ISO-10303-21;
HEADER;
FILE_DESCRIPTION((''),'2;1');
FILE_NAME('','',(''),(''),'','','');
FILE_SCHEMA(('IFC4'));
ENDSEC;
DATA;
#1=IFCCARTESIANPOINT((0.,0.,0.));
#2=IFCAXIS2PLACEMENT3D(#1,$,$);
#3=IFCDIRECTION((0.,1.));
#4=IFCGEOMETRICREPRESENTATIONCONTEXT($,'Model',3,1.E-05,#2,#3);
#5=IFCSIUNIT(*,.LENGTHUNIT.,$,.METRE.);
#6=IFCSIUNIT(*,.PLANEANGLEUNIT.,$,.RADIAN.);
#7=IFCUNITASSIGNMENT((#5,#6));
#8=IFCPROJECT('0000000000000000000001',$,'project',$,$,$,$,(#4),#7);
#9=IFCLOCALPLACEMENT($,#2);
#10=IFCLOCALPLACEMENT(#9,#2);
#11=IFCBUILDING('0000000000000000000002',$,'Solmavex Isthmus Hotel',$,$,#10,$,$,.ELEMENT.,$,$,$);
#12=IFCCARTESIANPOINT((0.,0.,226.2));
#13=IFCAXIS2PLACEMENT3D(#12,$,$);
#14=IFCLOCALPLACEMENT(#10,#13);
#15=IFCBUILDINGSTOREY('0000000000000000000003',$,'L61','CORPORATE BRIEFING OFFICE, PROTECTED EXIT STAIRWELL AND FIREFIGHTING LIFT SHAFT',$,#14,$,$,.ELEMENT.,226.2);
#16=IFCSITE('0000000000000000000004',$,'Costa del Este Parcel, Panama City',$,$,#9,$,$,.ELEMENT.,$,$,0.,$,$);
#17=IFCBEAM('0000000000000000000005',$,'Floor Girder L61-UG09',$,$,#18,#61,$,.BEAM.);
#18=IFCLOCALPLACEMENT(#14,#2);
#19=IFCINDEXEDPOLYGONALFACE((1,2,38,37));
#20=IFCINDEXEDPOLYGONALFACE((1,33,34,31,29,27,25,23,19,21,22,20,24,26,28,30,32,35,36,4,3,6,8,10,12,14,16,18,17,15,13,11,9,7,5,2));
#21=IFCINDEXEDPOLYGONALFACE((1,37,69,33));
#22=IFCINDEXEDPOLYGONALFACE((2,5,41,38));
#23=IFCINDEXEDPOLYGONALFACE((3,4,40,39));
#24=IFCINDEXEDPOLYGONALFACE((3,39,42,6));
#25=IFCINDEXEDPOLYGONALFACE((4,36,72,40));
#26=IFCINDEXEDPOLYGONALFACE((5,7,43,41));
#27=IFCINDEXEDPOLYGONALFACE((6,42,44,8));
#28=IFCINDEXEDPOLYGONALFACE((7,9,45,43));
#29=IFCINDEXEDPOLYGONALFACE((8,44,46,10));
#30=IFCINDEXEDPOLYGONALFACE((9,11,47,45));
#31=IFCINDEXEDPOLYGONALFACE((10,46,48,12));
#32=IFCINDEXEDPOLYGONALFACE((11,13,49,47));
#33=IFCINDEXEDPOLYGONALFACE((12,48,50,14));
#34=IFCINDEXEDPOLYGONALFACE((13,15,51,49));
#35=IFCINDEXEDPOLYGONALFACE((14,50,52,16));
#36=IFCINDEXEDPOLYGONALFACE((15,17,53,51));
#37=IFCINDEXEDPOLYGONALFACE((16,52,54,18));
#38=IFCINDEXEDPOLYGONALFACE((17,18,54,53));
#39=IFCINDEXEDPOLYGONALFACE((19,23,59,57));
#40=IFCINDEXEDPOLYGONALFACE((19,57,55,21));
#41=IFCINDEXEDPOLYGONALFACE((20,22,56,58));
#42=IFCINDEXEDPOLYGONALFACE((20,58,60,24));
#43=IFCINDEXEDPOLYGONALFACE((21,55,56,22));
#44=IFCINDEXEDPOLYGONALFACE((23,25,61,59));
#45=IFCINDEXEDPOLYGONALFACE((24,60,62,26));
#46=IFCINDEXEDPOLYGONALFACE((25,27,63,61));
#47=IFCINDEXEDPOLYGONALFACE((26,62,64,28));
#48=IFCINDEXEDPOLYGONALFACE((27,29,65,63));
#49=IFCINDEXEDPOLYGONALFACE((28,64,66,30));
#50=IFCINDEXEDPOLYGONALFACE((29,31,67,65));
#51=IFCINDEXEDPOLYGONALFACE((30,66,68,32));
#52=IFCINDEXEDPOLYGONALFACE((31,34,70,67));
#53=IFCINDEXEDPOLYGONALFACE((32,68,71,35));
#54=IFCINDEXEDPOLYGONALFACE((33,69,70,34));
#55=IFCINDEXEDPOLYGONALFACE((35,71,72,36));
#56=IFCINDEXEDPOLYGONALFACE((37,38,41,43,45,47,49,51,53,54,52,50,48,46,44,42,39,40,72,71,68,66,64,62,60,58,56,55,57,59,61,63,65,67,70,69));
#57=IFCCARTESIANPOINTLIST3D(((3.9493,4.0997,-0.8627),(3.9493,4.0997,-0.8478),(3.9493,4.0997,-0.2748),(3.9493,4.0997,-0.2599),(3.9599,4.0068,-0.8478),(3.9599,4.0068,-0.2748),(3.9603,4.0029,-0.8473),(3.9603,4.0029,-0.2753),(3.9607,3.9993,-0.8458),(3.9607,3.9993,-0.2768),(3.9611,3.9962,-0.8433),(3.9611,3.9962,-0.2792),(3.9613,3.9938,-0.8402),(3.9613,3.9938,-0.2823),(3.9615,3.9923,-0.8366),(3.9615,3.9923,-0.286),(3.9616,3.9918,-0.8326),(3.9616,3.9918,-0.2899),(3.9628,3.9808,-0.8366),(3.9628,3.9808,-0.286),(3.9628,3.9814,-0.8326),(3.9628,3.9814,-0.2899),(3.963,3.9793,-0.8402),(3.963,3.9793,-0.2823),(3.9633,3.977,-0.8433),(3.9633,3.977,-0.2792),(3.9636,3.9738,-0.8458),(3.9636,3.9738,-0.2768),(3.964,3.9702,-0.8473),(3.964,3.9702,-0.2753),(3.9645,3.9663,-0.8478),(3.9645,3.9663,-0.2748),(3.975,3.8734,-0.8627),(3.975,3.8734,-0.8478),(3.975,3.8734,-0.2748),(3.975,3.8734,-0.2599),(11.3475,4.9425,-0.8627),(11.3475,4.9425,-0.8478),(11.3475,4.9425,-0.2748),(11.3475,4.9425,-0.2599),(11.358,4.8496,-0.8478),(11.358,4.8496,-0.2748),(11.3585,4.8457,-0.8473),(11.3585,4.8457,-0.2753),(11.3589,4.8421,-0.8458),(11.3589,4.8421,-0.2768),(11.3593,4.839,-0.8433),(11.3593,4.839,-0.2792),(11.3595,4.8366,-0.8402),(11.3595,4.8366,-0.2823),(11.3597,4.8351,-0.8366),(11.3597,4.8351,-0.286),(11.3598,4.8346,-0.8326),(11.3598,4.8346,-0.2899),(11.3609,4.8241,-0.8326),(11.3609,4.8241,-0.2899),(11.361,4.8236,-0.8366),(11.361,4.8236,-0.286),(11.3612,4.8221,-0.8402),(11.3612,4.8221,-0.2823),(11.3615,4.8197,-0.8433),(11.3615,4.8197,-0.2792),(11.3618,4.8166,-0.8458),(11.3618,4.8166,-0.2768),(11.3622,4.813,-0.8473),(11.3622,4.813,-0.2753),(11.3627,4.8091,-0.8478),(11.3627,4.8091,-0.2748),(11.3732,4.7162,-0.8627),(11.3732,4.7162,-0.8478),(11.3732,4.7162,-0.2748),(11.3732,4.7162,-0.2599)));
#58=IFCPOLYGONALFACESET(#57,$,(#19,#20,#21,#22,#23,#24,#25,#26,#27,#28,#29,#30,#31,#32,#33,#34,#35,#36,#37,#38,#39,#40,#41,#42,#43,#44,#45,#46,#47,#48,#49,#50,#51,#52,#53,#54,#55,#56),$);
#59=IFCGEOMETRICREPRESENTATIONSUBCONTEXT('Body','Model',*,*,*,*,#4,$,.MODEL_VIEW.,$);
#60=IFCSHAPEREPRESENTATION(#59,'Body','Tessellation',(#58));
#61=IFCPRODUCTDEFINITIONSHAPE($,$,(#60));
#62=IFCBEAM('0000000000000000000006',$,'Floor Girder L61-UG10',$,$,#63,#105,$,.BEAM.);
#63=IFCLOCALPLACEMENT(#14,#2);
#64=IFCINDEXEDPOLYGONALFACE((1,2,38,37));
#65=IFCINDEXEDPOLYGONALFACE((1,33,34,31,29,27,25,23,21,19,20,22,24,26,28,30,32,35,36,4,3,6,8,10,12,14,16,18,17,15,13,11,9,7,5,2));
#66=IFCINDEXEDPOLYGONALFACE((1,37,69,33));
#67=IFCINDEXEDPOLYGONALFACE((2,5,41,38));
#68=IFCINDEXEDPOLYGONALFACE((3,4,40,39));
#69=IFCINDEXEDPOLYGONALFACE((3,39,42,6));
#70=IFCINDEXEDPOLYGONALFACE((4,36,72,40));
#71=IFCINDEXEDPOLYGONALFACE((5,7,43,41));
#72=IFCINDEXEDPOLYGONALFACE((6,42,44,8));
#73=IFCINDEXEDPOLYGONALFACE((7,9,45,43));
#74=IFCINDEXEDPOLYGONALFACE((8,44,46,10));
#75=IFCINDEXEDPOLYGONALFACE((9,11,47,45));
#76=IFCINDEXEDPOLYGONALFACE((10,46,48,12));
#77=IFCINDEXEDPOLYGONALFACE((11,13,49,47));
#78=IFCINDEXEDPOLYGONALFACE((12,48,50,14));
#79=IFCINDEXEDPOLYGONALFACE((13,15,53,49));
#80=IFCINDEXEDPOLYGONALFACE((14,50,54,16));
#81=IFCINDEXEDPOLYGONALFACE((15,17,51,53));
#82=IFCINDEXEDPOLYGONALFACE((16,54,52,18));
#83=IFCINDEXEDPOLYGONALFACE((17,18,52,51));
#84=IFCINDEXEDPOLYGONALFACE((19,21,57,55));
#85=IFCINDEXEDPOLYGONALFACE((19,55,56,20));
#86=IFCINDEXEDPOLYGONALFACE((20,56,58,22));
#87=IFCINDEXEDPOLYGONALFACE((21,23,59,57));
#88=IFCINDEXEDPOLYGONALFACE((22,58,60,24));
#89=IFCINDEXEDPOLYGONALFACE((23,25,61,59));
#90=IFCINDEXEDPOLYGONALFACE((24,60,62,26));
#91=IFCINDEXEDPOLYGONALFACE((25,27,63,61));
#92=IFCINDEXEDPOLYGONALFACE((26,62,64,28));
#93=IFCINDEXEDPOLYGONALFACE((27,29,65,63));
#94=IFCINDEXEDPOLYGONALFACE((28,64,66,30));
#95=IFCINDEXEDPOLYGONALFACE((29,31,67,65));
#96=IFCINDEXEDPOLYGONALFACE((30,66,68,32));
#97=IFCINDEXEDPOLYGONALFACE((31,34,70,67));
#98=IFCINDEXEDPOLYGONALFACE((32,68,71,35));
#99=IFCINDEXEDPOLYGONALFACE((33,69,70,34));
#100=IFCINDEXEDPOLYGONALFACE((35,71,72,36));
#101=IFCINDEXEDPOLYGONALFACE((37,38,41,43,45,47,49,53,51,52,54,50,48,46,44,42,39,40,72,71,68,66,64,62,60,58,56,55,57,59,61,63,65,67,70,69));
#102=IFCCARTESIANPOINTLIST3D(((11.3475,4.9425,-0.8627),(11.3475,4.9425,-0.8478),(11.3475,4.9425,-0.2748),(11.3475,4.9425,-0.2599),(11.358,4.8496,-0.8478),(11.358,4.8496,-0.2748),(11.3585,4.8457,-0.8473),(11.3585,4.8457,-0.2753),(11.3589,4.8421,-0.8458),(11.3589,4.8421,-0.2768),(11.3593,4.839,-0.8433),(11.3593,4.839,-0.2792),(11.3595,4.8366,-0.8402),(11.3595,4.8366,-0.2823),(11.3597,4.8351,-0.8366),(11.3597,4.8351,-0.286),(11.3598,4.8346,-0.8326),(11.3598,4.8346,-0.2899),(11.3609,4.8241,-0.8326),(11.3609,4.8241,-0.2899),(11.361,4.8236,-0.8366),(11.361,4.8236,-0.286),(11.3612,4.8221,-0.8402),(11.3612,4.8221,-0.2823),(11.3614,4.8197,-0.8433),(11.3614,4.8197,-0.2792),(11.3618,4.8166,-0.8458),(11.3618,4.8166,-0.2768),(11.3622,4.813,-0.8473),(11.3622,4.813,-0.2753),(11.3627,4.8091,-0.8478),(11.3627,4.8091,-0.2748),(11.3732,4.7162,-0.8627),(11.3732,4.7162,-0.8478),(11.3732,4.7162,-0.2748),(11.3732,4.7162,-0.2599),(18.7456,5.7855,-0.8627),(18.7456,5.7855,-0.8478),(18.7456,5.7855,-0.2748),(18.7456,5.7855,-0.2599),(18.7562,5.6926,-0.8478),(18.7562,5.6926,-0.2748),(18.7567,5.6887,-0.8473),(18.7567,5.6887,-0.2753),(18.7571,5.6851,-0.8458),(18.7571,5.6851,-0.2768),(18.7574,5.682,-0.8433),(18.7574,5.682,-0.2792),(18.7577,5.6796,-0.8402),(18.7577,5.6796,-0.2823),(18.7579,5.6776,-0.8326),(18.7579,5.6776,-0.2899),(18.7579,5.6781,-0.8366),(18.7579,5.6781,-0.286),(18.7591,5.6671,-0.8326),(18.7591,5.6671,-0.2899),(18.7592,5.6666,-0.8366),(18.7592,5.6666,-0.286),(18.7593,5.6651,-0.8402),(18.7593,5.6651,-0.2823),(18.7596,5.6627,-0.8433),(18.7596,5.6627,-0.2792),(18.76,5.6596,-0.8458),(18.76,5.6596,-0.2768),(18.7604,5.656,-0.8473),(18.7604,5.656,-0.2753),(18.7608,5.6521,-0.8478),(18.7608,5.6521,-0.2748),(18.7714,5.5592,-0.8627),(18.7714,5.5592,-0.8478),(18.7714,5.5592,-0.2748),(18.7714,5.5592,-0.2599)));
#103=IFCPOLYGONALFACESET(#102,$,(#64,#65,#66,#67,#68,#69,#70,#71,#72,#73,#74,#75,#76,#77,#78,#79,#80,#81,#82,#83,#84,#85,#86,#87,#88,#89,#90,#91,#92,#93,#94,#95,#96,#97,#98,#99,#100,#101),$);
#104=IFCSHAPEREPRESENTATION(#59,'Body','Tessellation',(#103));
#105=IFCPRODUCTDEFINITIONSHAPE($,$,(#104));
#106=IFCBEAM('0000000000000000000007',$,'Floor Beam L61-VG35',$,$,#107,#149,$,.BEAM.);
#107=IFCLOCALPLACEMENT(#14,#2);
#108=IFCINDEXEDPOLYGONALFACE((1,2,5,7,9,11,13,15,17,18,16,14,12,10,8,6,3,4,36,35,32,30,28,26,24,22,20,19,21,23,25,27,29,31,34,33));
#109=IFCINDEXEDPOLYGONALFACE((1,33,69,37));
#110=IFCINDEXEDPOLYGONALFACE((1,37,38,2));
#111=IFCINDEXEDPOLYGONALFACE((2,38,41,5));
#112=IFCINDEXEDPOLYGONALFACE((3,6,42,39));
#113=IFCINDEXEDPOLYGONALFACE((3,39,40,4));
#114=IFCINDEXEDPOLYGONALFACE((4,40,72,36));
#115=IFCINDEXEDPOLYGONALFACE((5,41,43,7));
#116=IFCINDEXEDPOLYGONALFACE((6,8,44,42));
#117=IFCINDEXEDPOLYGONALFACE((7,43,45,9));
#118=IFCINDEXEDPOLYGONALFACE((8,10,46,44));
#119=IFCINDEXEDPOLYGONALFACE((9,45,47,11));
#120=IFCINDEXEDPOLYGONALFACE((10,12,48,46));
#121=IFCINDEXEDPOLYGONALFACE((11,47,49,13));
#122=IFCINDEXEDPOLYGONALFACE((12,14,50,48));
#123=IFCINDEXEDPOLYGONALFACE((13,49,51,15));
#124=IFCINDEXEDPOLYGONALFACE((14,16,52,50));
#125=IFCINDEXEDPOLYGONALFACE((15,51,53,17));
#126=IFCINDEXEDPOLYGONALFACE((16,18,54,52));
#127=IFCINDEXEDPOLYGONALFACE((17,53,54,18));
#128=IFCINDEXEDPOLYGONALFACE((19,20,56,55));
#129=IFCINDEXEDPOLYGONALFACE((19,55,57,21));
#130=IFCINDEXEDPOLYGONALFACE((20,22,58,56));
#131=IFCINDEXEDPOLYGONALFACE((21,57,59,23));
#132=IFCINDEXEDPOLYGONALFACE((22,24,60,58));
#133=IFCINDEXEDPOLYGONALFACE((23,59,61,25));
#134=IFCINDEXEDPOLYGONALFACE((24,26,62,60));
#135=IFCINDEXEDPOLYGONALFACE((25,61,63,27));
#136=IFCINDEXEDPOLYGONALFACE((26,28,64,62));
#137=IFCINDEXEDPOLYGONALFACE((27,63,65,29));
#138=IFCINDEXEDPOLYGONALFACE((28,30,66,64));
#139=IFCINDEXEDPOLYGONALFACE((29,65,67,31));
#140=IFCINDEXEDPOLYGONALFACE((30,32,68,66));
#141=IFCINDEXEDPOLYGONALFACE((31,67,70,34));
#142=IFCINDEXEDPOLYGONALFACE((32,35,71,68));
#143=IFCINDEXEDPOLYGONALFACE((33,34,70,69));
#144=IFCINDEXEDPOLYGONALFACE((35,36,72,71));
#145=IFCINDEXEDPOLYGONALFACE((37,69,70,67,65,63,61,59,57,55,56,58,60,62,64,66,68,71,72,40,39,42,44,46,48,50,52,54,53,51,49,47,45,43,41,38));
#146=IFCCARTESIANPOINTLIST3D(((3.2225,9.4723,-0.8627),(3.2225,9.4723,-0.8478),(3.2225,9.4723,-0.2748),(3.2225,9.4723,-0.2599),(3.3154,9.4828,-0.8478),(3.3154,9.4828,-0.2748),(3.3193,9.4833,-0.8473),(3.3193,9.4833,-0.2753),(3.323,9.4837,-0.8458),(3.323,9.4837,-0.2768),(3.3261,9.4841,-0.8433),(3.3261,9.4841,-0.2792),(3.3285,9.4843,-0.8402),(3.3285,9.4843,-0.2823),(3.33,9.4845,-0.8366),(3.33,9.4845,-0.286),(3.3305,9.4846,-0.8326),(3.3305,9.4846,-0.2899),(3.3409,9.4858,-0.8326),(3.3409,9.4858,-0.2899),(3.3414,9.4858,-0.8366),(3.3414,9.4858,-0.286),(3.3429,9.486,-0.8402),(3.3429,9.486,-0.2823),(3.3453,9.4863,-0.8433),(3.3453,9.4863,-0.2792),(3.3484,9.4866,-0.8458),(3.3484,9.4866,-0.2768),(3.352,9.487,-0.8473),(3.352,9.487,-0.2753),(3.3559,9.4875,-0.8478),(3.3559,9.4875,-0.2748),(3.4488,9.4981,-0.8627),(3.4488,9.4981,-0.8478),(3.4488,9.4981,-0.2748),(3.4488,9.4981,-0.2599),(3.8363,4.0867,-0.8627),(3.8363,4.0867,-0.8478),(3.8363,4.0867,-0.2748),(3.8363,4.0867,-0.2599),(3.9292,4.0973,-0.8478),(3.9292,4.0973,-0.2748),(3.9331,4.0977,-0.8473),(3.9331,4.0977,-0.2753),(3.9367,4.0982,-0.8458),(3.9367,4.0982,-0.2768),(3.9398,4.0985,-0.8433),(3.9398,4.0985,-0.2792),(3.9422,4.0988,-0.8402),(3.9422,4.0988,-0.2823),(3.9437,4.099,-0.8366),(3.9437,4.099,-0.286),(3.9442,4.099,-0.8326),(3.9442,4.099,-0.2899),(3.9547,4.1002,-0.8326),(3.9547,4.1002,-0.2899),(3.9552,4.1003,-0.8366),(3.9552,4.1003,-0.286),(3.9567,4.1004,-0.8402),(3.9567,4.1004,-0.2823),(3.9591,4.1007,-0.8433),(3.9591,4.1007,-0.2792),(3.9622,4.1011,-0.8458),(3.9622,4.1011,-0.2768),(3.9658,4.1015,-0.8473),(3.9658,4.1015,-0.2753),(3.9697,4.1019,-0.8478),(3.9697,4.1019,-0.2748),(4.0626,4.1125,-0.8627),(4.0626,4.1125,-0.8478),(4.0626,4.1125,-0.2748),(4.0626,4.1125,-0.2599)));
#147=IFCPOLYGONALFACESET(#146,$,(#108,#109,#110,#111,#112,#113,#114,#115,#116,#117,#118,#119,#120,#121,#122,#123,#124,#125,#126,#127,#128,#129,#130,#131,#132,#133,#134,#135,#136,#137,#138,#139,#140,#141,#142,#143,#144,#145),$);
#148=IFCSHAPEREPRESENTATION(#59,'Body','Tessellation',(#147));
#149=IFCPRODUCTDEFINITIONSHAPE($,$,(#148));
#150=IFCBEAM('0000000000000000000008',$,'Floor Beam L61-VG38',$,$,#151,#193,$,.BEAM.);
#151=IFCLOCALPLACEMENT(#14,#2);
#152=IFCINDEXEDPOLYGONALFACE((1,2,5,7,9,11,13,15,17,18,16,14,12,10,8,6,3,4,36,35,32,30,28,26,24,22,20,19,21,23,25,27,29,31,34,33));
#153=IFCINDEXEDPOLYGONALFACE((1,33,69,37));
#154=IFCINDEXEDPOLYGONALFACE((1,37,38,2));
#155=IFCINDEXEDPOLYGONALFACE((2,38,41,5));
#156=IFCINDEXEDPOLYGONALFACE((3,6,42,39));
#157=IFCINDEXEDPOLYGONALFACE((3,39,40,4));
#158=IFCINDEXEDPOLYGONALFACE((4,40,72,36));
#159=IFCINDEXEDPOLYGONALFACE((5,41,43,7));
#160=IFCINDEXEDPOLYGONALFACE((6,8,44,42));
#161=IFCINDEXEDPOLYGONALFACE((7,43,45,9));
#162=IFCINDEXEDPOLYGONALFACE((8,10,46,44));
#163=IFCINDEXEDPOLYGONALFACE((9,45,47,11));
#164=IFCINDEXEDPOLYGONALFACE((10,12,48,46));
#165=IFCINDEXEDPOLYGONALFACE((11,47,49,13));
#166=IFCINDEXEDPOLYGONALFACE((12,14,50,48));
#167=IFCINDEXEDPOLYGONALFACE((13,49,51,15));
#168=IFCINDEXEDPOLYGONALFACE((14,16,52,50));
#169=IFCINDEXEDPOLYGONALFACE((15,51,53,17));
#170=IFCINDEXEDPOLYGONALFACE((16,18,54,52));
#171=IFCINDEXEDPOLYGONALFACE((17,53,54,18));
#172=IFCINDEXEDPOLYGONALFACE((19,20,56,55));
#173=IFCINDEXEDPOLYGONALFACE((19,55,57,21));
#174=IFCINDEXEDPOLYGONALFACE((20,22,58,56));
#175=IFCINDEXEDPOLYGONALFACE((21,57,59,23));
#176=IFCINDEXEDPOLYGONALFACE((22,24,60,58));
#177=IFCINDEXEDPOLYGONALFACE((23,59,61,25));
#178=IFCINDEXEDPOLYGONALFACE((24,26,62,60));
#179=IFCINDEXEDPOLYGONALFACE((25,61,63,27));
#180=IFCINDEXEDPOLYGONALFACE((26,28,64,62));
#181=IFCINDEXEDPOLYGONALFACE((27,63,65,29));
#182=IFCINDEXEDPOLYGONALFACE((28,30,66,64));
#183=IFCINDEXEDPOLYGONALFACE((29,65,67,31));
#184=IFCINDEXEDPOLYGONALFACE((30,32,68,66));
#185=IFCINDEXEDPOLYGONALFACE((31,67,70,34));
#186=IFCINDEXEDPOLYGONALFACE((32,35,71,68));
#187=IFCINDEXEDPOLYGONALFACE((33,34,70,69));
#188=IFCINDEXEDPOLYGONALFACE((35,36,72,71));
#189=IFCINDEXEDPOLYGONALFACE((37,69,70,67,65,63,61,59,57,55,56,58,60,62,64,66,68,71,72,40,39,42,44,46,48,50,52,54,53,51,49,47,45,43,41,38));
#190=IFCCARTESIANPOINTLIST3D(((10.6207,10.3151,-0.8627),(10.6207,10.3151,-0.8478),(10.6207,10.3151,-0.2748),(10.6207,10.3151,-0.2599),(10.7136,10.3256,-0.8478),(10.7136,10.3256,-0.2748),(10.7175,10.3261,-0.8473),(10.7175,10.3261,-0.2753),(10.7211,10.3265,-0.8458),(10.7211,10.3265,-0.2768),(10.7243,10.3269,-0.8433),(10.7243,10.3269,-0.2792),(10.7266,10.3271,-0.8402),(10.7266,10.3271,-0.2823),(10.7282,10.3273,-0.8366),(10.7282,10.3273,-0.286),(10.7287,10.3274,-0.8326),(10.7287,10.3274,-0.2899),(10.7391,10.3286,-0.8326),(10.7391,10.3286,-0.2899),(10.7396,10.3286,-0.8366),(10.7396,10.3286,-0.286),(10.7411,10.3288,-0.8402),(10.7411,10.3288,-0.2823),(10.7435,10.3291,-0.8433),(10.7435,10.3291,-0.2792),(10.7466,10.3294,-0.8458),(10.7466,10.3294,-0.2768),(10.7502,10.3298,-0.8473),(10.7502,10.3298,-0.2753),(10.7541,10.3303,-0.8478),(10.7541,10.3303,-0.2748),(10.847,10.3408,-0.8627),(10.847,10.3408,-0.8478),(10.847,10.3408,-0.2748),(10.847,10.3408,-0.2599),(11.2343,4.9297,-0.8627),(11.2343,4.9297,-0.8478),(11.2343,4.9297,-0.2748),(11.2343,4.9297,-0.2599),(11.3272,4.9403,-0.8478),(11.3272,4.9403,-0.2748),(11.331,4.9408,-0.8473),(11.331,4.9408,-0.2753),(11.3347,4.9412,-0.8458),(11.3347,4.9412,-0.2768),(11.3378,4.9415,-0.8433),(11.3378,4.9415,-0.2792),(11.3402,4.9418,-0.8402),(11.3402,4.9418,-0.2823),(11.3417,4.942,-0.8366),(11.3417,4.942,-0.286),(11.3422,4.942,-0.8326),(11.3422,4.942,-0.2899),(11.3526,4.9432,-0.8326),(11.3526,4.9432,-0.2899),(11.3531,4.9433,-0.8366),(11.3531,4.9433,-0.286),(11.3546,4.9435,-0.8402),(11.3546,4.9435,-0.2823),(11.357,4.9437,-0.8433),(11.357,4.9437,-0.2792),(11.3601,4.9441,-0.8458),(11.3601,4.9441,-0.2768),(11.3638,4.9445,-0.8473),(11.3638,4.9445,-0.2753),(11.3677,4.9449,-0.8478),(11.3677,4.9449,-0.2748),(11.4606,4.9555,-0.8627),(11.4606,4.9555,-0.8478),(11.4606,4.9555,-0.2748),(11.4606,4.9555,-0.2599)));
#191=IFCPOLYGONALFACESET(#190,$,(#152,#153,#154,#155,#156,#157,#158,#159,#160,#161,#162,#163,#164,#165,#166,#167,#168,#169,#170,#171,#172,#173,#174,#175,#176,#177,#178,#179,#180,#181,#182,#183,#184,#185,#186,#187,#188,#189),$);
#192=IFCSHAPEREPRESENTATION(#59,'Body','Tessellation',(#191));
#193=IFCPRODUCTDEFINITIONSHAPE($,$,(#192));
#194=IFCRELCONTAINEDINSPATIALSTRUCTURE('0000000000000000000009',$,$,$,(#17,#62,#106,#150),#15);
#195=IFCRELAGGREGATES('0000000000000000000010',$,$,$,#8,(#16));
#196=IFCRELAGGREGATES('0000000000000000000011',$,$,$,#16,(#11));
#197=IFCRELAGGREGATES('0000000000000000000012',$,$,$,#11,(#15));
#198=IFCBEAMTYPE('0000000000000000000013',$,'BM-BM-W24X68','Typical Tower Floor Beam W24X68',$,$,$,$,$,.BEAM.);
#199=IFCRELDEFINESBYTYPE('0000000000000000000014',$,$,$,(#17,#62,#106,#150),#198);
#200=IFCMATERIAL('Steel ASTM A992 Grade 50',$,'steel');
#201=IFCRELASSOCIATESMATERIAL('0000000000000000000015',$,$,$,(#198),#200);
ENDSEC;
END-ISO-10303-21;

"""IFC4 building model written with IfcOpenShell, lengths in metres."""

from ifc_helpers import new_model, si_unit, direction, frame, origin, origin_2d, place, context, subcontext, project, spatial, i_section, extrude, material, material_profile, profile_set, type_object, element, save


model = new_model("IFC4")

# Units and contexts
model_context = context("Model", 3, precision=1e-05, world=origin(), true_north=direction((0.0, 1.0)))
body_context = subcontext(model_context, "Body", "Model", "MODEL_VIEW")
ifc_project = project(units=[si_unit("LENGTHUNIT", "METRE"), si_unit("PLANEANGLEUNIT", "RADIAN")], contexts=[model_context])

# Site, building, storey
site_placement = place(None, origin())
site = spatial("IfcSite", under=ifc_project, at=site_placement, Name="Costa del Este Parcel, Panama City", CompositionType="ELEMENT", RefElevation=0.0)
building_placement = place(site_placement, origin())
building = spatial("IfcBuilding", under=site, at=building_placement, Name="Solmavex Isthmus Hotel", CompositionType="ELEMENT")
storey_placement = place(building_placement, frame((0.0, 0.0, 226.2)))
storey = spatial("IfcBuildingStorey", under=building, at=storey_placement, Name="L61", Description="CORPORATE BRIEFING OFFICE, PROTECTED EXIT STAIRWELL AND FIREFIGHTING LIFT SHAFT", CompositionType="ELEMENT", Elevation=226.2)

# Beams
ifc_material_1 = material(Name="Steel ASTM A992 Grade 50", Category="steel")
ifc_material_profile_1 = material_profile(ifc_material_1, i_section(OverallWidth=0.2278, OverallDepth=0.6028, WebThickness=0.0105, FlangeThickness=0.0149, FilletRadius=0.0151, at=origin_2d()), Name="W24X68")
ifc_profile_set_1 = profile_set([ifc_material_profile_1], Name="Steel ASTM A992 Grade 50")
beam_type_1 = type_object("IfcBeamType", Name="BM-BM-W24X68", Description="Typical Tower Floor Beam W24X68", PredefinedType="BEAM", material=ifc_profile_set_1)
for number, where, z_axis, x_axis, name in (
    (1, (3.9622, 3.9866, -0.5613), (0.993574, 0.113184, 0.0), (-0.113184, 0.993574, 0.0), "Floor Girder L61-UG09"),
    (2, (11.3604, 4.8293, -0.5613), (0.99357, 0.113216, 0.0), (-0.113216, 0.99357, 0.0), "Floor Girder L61-UG10"),
):
    element("IfcBeam", number, at=place(storey_placement, frame(where, z_axis=z_axis, x_axis=x_axis)), inside=storey, type_object=beam_type_1, Name=name, PredefinedType="BEAM", context=body_context, shape_type="SweptSolid", body=[
        extrude(i_section(OverallWidth=0.2278, OverallDepth=0.6028, WebThickness=0.0105, FlangeThickness=0.0149, FilletRadius=0.0151, at=origin_2d()), origin(), (0.0, 0.0, 1.0), 7.446),
    ])
beam_1_placement = place(storey_placement, frame((3.9495, 4.0996, -0.5613), z_axis=(-0.113234, 0.993568, 0.0), x_axis=(-0.993568, -0.113234, 0.0)))
element("IfcBeam", 3, at=beam_1_placement, inside=storey, type_object=beam_type_1, Name="Floor Beam L61-VG35", PredefinedType="BEAM", context=body_context, shape_type="SweptSolid", body=[
    extrude(i_section(OverallWidth=0.2278, OverallDepth=0.6028, WebThickness=0.0105, FlangeThickness=0.0149, FilletRadius=0.0151, at=origin_2d()), origin(), (0.0, 0.0, 1.0), 5.4204),
])
beam_2_placement = place(storey_placement, frame((11.3474, 4.9426, -0.5613), z_axis=(-0.113195, 0.993573, 0.0), x_axis=(-0.993573, -0.113195, 0.0)))
element("IfcBeam", 4, at=beam_2_placement, inside=storey, type_object=beam_type_1, Name="Floor Beam L61-VG38", PredefinedType="BEAM", context=body_context, shape_type="SweptSolid", body=[
    extrude(i_section(OverallWidth=0.2278, OverallDepth=0.6028, WebThickness=0.0105, FlangeThickness=0.0149, FilletRadius=0.0151, at=origin_2d()), origin(), (0.0, 0.0, 1.0), 5.4202),
])

save(model, "model.ifc")
